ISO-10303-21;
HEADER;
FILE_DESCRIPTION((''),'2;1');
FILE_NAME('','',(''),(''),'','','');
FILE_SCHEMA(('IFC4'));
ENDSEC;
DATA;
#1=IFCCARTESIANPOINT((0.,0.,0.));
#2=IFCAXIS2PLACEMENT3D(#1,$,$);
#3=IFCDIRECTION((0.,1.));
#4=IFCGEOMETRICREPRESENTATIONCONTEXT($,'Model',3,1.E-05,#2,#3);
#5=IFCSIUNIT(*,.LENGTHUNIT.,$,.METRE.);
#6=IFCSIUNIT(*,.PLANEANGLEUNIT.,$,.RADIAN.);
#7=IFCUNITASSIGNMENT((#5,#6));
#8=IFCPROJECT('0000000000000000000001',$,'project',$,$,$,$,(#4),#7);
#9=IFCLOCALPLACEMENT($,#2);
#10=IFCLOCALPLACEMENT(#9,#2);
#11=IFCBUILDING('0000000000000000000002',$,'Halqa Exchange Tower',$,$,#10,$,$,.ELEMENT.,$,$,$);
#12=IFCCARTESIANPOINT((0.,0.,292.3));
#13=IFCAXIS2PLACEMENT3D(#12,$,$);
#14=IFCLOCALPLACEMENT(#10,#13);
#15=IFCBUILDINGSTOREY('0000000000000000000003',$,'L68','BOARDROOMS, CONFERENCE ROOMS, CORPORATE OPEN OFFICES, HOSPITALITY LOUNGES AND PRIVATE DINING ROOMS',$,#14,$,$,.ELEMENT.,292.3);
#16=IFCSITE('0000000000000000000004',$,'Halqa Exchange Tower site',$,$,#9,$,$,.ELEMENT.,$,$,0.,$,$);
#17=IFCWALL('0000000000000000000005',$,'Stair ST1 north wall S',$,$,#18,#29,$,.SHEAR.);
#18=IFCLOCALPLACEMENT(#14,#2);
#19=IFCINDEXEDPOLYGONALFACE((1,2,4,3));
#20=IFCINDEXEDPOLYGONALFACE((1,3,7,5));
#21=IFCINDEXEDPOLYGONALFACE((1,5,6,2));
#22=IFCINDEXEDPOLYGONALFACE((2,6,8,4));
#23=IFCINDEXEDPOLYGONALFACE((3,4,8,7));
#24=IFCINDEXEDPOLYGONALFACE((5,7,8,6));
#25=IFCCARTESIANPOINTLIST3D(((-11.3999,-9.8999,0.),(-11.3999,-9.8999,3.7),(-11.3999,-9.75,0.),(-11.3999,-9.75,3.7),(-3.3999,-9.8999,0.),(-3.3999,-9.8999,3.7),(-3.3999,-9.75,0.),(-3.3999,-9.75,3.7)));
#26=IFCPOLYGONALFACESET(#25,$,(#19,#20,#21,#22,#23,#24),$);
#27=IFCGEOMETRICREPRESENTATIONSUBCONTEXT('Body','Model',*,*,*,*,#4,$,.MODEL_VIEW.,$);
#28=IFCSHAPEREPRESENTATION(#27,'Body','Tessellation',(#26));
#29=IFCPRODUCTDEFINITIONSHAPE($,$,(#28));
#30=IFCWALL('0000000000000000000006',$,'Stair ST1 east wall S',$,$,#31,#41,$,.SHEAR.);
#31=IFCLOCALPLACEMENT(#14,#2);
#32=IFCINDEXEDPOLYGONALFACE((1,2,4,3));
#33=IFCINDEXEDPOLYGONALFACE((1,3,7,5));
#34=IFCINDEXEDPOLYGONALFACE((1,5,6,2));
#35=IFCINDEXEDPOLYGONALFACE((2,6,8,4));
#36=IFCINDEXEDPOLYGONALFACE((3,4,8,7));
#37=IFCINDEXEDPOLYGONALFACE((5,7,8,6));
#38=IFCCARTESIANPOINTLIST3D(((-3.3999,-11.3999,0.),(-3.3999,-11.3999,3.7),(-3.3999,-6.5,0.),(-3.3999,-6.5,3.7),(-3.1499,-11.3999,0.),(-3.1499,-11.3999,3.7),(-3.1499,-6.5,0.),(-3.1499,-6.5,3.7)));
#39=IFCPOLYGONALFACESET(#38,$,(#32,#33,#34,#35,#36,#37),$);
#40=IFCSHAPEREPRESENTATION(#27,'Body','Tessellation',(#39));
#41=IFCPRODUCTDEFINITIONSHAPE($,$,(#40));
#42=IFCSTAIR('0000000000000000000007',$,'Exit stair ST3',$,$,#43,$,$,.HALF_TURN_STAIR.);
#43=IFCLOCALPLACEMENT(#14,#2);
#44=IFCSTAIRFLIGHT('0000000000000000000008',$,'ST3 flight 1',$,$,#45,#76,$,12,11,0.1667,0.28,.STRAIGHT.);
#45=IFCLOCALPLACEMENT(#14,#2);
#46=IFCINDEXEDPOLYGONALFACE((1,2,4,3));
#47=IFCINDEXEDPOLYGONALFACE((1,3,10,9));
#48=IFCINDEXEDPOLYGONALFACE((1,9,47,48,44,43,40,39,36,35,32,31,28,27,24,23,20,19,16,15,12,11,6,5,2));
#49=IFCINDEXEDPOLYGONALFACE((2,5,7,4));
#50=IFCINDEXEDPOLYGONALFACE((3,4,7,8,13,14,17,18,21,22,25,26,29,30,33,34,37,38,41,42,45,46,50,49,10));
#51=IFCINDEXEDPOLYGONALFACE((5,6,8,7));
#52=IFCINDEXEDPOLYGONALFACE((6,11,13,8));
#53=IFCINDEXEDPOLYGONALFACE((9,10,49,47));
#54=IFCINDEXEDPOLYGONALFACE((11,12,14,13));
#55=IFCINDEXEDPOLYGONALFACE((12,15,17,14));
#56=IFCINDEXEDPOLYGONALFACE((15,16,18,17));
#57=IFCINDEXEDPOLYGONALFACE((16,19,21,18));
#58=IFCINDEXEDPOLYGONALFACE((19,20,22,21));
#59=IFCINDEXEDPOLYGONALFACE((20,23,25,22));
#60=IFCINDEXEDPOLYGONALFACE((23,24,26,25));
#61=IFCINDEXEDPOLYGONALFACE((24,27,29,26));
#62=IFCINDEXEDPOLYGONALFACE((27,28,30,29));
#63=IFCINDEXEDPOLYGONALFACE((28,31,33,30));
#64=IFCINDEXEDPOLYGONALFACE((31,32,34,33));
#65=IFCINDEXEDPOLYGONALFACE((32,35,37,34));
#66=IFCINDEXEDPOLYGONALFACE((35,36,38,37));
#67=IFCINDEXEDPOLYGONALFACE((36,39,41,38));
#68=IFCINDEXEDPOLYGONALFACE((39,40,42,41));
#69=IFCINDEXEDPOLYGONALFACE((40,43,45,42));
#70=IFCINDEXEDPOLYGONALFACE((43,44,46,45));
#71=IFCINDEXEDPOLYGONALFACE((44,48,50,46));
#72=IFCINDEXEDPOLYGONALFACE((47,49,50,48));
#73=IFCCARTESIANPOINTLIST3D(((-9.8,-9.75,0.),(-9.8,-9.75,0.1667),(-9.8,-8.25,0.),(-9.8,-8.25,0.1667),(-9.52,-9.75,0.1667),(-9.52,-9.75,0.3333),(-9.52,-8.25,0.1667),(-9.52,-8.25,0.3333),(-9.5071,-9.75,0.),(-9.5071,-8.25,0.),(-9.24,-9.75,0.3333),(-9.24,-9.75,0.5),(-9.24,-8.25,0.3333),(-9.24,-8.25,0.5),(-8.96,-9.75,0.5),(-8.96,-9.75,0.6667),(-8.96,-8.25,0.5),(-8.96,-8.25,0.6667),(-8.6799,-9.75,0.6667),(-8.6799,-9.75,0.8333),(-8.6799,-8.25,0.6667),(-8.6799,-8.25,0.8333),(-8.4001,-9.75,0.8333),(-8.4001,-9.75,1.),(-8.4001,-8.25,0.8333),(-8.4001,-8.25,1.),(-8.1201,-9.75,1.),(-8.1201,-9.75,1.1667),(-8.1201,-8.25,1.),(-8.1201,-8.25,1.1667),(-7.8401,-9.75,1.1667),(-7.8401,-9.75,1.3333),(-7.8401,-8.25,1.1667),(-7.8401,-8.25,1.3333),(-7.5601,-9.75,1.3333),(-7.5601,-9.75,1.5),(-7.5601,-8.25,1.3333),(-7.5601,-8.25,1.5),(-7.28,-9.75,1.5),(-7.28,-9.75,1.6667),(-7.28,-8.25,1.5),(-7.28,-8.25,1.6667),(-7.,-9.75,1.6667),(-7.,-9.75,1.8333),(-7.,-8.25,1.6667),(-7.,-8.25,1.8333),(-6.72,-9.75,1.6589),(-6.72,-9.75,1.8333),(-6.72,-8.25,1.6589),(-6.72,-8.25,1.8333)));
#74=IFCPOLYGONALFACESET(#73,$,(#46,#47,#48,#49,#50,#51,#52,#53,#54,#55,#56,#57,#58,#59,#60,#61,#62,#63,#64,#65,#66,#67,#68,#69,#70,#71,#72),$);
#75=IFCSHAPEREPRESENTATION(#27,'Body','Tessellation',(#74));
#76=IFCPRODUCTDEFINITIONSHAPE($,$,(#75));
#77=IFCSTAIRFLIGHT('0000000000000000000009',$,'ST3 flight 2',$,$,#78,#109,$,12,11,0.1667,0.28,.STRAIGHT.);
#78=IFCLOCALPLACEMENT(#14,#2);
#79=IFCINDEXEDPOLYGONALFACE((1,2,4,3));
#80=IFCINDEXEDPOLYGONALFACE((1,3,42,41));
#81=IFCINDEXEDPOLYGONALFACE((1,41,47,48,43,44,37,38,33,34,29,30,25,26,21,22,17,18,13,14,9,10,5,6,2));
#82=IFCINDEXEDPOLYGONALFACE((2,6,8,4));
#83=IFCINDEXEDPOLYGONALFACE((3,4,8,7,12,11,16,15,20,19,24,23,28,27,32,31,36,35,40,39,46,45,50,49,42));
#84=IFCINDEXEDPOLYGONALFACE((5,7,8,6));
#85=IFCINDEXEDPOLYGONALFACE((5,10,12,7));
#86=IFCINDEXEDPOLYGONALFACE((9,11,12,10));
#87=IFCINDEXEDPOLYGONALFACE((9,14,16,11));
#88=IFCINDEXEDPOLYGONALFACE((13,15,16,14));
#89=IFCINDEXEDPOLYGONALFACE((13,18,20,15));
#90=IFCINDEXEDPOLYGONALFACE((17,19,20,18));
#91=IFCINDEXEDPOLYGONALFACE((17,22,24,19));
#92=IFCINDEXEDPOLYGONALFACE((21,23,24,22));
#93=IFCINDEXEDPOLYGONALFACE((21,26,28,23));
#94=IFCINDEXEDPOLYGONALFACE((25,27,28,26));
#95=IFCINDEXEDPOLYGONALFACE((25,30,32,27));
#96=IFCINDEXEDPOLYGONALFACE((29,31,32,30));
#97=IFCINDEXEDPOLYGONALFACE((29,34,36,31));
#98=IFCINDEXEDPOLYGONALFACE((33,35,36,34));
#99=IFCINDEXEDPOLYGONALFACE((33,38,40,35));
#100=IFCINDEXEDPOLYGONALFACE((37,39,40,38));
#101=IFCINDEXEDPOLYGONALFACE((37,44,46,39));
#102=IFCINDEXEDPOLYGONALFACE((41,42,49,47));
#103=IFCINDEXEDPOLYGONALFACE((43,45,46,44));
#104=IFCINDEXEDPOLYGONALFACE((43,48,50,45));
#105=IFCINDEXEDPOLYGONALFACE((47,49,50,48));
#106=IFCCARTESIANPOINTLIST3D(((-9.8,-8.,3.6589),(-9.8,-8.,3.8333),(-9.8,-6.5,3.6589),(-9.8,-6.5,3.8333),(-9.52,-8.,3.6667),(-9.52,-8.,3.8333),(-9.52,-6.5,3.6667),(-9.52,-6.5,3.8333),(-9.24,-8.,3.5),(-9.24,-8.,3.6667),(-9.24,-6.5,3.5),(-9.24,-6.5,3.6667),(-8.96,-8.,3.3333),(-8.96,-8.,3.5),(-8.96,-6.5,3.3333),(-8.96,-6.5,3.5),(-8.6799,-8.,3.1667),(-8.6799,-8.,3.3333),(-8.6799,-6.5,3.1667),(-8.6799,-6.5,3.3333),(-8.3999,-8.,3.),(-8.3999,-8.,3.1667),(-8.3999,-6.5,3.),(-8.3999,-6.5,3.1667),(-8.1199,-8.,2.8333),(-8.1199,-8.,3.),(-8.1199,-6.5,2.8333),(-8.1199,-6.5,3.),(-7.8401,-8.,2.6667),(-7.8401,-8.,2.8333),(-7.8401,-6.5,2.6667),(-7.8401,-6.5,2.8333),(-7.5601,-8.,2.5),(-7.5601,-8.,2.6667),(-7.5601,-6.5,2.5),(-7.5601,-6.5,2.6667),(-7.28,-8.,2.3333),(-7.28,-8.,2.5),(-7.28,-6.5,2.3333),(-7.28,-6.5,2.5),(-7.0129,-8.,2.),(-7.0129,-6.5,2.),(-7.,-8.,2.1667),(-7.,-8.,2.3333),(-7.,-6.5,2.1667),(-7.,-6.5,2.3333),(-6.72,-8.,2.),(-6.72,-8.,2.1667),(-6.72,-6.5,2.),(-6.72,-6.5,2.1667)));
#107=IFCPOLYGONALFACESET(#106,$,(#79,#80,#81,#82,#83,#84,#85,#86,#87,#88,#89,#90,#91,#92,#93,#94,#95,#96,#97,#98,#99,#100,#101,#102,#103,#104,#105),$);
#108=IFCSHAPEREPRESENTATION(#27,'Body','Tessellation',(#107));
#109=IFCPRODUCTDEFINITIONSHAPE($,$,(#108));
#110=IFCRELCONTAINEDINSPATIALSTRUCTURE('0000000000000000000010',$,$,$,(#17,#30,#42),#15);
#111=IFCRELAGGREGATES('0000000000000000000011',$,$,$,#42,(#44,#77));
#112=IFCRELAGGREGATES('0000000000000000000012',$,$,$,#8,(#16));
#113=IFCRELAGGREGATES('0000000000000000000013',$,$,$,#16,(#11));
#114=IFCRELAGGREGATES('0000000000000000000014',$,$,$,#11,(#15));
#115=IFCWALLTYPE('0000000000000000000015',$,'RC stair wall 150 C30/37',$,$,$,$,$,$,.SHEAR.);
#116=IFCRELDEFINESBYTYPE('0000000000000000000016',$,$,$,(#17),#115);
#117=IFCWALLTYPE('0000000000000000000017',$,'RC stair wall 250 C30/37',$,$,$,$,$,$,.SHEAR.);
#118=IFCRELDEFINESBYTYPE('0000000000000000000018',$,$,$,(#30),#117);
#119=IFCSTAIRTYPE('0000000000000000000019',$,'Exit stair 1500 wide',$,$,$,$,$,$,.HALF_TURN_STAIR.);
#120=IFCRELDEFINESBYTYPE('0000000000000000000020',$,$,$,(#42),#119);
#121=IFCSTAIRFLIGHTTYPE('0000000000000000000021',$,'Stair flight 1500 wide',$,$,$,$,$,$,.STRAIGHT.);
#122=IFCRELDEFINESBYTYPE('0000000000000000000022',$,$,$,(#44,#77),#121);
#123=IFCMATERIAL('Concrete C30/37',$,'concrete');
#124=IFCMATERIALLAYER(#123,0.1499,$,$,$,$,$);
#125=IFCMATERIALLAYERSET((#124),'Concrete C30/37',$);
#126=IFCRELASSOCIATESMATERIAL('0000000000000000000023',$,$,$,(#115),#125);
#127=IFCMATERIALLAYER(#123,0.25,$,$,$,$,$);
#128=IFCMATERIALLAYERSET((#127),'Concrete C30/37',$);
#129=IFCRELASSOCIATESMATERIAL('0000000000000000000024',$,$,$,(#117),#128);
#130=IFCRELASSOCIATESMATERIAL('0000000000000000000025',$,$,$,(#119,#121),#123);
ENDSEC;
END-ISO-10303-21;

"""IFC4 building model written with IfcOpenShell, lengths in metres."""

from ifc_helpers import new_model, si_unit, direction, frame, frame_2d, origin, place, context, subcontext, project, spatial, polyline, rectangle, outline, extrude, material, layer, layer_set, type_object, element, aggregate, save


model = new_model("IFC4")

# Units and contexts
model_context = context("Model", 3, precision=1e-05, world=origin(), true_north=direction((0.0, 1.0)))
body_context = subcontext(model_context, "Body", "Model", "MODEL_VIEW")
ifc_project = project(units=[si_unit("LENGTHUNIT", "METRE"), si_unit("PLANEANGLEUNIT", "RADIAN")], contexts=[model_context])

# Site, building, storey
site_placement = place(None, origin())
site = spatial("IfcSite", under=ifc_project, at=site_placement, Name="Halqa Exchange Tower site", CompositionType="ELEMENT", RefElevation=0.0)
building_placement = place(site_placement, origin())
building = spatial("IfcBuilding", under=site, at=building_placement, Name="Halqa Exchange Tower", CompositionType="ELEMENT")
storey_placement = place(building_placement, frame((0.0, 0.0, 292.3)))
storey = spatial("IfcBuildingStorey", under=building, at=storey_placement, Name="L68", Description="BOARDROOMS, CONFERENCE ROOMS, CORPORATE OPEN OFFICES, HOSPITALITY LOUNGES AND PRIVATE DINING ROOMS", CompositionType="ELEMENT", Elevation=292.3)

# Walls
ifc_material_1 = material(Name="Concrete C30/37", Category="concrete")
ifc_layer_1 = layer(ifc_material_1, 0.1499)
ifc_layer_set_1 = layer_set([ifc_layer_1], Name="Concrete C30/37")
wall_type_1 = type_object("IfcWallType", Name="RC stair wall 150 C30/37", PredefinedType="SHEAR", material=ifc_layer_set_1)
wall_1_placement = place(storey_placement, frame((-11.3999, -9.825, 0.0), z_axis=(0.0, 0.0, 1.0), x_axis=(1.0, 0.0, 0.0)))
element("IfcWall", 1, at=wall_1_placement, inside=storey, type_object=wall_type_1, Name="Stair ST1 north wall S", PredefinedType="SHEAR", context=body_context, shape_type="SweptSolid", body=[
    extrude(rectangle(XDim=8.0, YDim=0.1499, at=frame_2d((4.0, 0.0))), origin(), (0.0, 0.0, 1.0), 3.7),
])
ifc_layer_2 = layer(ifc_material_1, 0.25)
ifc_layer_set_2 = layer_set([ifc_layer_2], Name="Concrete C30/37")
wall_type_2 = type_object("IfcWallType", Name="RC stair wall 250 C30/37", PredefinedType="SHEAR", material=ifc_layer_set_2)
wall_2_placement = place(storey_placement, frame((-3.2749, -11.3999, 0.0), z_axis=(0.0, 0.0, 1.0), x_axis=(0.0, 1.0, 0.0)))
element("IfcWall", 2, at=wall_2_placement, inside=storey, type_object=wall_type_2, Name="Stair ST1 east wall S", PredefinedType="SHEAR", context=body_context, shape_type="SweptSolid", body=[
    extrude(rectangle(XDim=4.8999, YDim=0.25, at=frame_2d((2.45, 0.0))), origin(), (0.0, 0.0, 1.0), 3.7),
])

# Stair, stair flights
stair_type = type_object("IfcStairType", Name="Exit stair 1500 wide", PredefinedType="HALF_TURN_STAIR", material=ifc_material_1)
stair_placement = place(storey_placement, origin())
stair = element("IfcStair", 3, at=stair_placement, inside=storey, type_object=stair_type, Name="Exit stair ST3", PredefinedType="HALF_TURN_STAIR")
stair_flight_type = type_object("IfcStairFlightType", Name="Stair flight 1500 wide", PredefinedType="STRAIGHT", material=ifc_material_1)
stair_flight_1_placement = place(storey_placement, frame((-9.8, -9.0, 0.0), z_axis=(0.0, 0.0, 1.0), x_axis=(1.0, 0.0, 0.0)))
stair_flight_1 = element("IfcStairFlight", 4, at=stair_flight_1_placement, type_object=stair_flight_type, Name="ST3 flight 1", NumberOfRisers=12, NumberOfTreads=11, PredefinedType="STRAIGHT", RiserHeight=0.1667, TreadLength=0.28, context=body_context, shape_type="SweptSolid", body=[
    extrude(outline(polyline([(0.0, 0.0), (0.0, 0.1667), (0.28, 0.1667), (0.28, 0.3333), (0.5601, 0.3333), (0.5601, 0.5), (0.8401, 0.5), (0.8401, 0.6667), (1.1201, 0.6667), (1.1201, 0.8333), (1.3999, 0.8333), (1.3999, 1.0), (1.6799, 1.0), (1.6799, 1.1667), (1.96, 1.1667), (1.96, 1.3333), (2.24, 1.3333), (2.24, 1.5), (2.52, 1.5), (2.52, 1.6667), (2.8, 1.6667), (2.8, 1.8333), (3.0801, 1.8333), (3.0801, 2.0), (3.0801, 1.6589), (0.293, 0.0), (0.0, 0.0)])), frame((0.0, 0.75, 0.0), z_axis=(0.0, -1.0, 0.0), x_axis=(1.0, 0.0, 0.0)), (0.0, 0.0, 1.0), 1.5),
])
stair_flight_2_placement = place(storey_placement, frame((-6.72, -7.25, 2.0), z_axis=(0.0, 0.0, 1.0), x_axis=(-1.0, 0.0, 0.0)))
stair_flight_2 = element("IfcStairFlight", 5, at=stair_flight_2_placement, type_object=stair_flight_type, Name="ST3 flight 2", NumberOfRisers=12, NumberOfTreads=11, PredefinedType="STRAIGHT", RiserHeight=0.1667, TreadLength=0.28, context=body_context, shape_type="SweptSolid", body=[
    extrude(outline(polyline([(0.0, 0.0), (0.0, 0.1667), (0.28, 0.1667), (0.28, 0.3333), (0.5601, 0.3333), (0.5601, 0.5), (0.8401, 0.5), (0.8401, 0.6667), (1.1201, 0.6667), (1.1201, 0.8333), (1.3999, 0.8333), (1.3999, 1.0), (1.6799, 1.0), (1.6799, 1.1667), (1.96, 1.1667), (1.96, 1.3333), (2.24, 1.3333), (2.24, 1.5), (2.52, 1.5), (2.52, 1.6667), (2.8, 1.6667), (2.8, 1.8333), (3.0801, 1.8333), (3.0801, 2.0), (3.0801, 1.6589), (0.293, 0.0), (0.0, 0.0)])), frame((0.0, 0.75, 0.0), z_axis=(0.0, -1.0, 0.0), x_axis=(1.0, 0.0, 0.0)), (0.0, 0.0, 1.0), 1.5),
])
aggregate(stair, [stair_flight_1, stair_flight_2])

save(model, "model.ifc")
